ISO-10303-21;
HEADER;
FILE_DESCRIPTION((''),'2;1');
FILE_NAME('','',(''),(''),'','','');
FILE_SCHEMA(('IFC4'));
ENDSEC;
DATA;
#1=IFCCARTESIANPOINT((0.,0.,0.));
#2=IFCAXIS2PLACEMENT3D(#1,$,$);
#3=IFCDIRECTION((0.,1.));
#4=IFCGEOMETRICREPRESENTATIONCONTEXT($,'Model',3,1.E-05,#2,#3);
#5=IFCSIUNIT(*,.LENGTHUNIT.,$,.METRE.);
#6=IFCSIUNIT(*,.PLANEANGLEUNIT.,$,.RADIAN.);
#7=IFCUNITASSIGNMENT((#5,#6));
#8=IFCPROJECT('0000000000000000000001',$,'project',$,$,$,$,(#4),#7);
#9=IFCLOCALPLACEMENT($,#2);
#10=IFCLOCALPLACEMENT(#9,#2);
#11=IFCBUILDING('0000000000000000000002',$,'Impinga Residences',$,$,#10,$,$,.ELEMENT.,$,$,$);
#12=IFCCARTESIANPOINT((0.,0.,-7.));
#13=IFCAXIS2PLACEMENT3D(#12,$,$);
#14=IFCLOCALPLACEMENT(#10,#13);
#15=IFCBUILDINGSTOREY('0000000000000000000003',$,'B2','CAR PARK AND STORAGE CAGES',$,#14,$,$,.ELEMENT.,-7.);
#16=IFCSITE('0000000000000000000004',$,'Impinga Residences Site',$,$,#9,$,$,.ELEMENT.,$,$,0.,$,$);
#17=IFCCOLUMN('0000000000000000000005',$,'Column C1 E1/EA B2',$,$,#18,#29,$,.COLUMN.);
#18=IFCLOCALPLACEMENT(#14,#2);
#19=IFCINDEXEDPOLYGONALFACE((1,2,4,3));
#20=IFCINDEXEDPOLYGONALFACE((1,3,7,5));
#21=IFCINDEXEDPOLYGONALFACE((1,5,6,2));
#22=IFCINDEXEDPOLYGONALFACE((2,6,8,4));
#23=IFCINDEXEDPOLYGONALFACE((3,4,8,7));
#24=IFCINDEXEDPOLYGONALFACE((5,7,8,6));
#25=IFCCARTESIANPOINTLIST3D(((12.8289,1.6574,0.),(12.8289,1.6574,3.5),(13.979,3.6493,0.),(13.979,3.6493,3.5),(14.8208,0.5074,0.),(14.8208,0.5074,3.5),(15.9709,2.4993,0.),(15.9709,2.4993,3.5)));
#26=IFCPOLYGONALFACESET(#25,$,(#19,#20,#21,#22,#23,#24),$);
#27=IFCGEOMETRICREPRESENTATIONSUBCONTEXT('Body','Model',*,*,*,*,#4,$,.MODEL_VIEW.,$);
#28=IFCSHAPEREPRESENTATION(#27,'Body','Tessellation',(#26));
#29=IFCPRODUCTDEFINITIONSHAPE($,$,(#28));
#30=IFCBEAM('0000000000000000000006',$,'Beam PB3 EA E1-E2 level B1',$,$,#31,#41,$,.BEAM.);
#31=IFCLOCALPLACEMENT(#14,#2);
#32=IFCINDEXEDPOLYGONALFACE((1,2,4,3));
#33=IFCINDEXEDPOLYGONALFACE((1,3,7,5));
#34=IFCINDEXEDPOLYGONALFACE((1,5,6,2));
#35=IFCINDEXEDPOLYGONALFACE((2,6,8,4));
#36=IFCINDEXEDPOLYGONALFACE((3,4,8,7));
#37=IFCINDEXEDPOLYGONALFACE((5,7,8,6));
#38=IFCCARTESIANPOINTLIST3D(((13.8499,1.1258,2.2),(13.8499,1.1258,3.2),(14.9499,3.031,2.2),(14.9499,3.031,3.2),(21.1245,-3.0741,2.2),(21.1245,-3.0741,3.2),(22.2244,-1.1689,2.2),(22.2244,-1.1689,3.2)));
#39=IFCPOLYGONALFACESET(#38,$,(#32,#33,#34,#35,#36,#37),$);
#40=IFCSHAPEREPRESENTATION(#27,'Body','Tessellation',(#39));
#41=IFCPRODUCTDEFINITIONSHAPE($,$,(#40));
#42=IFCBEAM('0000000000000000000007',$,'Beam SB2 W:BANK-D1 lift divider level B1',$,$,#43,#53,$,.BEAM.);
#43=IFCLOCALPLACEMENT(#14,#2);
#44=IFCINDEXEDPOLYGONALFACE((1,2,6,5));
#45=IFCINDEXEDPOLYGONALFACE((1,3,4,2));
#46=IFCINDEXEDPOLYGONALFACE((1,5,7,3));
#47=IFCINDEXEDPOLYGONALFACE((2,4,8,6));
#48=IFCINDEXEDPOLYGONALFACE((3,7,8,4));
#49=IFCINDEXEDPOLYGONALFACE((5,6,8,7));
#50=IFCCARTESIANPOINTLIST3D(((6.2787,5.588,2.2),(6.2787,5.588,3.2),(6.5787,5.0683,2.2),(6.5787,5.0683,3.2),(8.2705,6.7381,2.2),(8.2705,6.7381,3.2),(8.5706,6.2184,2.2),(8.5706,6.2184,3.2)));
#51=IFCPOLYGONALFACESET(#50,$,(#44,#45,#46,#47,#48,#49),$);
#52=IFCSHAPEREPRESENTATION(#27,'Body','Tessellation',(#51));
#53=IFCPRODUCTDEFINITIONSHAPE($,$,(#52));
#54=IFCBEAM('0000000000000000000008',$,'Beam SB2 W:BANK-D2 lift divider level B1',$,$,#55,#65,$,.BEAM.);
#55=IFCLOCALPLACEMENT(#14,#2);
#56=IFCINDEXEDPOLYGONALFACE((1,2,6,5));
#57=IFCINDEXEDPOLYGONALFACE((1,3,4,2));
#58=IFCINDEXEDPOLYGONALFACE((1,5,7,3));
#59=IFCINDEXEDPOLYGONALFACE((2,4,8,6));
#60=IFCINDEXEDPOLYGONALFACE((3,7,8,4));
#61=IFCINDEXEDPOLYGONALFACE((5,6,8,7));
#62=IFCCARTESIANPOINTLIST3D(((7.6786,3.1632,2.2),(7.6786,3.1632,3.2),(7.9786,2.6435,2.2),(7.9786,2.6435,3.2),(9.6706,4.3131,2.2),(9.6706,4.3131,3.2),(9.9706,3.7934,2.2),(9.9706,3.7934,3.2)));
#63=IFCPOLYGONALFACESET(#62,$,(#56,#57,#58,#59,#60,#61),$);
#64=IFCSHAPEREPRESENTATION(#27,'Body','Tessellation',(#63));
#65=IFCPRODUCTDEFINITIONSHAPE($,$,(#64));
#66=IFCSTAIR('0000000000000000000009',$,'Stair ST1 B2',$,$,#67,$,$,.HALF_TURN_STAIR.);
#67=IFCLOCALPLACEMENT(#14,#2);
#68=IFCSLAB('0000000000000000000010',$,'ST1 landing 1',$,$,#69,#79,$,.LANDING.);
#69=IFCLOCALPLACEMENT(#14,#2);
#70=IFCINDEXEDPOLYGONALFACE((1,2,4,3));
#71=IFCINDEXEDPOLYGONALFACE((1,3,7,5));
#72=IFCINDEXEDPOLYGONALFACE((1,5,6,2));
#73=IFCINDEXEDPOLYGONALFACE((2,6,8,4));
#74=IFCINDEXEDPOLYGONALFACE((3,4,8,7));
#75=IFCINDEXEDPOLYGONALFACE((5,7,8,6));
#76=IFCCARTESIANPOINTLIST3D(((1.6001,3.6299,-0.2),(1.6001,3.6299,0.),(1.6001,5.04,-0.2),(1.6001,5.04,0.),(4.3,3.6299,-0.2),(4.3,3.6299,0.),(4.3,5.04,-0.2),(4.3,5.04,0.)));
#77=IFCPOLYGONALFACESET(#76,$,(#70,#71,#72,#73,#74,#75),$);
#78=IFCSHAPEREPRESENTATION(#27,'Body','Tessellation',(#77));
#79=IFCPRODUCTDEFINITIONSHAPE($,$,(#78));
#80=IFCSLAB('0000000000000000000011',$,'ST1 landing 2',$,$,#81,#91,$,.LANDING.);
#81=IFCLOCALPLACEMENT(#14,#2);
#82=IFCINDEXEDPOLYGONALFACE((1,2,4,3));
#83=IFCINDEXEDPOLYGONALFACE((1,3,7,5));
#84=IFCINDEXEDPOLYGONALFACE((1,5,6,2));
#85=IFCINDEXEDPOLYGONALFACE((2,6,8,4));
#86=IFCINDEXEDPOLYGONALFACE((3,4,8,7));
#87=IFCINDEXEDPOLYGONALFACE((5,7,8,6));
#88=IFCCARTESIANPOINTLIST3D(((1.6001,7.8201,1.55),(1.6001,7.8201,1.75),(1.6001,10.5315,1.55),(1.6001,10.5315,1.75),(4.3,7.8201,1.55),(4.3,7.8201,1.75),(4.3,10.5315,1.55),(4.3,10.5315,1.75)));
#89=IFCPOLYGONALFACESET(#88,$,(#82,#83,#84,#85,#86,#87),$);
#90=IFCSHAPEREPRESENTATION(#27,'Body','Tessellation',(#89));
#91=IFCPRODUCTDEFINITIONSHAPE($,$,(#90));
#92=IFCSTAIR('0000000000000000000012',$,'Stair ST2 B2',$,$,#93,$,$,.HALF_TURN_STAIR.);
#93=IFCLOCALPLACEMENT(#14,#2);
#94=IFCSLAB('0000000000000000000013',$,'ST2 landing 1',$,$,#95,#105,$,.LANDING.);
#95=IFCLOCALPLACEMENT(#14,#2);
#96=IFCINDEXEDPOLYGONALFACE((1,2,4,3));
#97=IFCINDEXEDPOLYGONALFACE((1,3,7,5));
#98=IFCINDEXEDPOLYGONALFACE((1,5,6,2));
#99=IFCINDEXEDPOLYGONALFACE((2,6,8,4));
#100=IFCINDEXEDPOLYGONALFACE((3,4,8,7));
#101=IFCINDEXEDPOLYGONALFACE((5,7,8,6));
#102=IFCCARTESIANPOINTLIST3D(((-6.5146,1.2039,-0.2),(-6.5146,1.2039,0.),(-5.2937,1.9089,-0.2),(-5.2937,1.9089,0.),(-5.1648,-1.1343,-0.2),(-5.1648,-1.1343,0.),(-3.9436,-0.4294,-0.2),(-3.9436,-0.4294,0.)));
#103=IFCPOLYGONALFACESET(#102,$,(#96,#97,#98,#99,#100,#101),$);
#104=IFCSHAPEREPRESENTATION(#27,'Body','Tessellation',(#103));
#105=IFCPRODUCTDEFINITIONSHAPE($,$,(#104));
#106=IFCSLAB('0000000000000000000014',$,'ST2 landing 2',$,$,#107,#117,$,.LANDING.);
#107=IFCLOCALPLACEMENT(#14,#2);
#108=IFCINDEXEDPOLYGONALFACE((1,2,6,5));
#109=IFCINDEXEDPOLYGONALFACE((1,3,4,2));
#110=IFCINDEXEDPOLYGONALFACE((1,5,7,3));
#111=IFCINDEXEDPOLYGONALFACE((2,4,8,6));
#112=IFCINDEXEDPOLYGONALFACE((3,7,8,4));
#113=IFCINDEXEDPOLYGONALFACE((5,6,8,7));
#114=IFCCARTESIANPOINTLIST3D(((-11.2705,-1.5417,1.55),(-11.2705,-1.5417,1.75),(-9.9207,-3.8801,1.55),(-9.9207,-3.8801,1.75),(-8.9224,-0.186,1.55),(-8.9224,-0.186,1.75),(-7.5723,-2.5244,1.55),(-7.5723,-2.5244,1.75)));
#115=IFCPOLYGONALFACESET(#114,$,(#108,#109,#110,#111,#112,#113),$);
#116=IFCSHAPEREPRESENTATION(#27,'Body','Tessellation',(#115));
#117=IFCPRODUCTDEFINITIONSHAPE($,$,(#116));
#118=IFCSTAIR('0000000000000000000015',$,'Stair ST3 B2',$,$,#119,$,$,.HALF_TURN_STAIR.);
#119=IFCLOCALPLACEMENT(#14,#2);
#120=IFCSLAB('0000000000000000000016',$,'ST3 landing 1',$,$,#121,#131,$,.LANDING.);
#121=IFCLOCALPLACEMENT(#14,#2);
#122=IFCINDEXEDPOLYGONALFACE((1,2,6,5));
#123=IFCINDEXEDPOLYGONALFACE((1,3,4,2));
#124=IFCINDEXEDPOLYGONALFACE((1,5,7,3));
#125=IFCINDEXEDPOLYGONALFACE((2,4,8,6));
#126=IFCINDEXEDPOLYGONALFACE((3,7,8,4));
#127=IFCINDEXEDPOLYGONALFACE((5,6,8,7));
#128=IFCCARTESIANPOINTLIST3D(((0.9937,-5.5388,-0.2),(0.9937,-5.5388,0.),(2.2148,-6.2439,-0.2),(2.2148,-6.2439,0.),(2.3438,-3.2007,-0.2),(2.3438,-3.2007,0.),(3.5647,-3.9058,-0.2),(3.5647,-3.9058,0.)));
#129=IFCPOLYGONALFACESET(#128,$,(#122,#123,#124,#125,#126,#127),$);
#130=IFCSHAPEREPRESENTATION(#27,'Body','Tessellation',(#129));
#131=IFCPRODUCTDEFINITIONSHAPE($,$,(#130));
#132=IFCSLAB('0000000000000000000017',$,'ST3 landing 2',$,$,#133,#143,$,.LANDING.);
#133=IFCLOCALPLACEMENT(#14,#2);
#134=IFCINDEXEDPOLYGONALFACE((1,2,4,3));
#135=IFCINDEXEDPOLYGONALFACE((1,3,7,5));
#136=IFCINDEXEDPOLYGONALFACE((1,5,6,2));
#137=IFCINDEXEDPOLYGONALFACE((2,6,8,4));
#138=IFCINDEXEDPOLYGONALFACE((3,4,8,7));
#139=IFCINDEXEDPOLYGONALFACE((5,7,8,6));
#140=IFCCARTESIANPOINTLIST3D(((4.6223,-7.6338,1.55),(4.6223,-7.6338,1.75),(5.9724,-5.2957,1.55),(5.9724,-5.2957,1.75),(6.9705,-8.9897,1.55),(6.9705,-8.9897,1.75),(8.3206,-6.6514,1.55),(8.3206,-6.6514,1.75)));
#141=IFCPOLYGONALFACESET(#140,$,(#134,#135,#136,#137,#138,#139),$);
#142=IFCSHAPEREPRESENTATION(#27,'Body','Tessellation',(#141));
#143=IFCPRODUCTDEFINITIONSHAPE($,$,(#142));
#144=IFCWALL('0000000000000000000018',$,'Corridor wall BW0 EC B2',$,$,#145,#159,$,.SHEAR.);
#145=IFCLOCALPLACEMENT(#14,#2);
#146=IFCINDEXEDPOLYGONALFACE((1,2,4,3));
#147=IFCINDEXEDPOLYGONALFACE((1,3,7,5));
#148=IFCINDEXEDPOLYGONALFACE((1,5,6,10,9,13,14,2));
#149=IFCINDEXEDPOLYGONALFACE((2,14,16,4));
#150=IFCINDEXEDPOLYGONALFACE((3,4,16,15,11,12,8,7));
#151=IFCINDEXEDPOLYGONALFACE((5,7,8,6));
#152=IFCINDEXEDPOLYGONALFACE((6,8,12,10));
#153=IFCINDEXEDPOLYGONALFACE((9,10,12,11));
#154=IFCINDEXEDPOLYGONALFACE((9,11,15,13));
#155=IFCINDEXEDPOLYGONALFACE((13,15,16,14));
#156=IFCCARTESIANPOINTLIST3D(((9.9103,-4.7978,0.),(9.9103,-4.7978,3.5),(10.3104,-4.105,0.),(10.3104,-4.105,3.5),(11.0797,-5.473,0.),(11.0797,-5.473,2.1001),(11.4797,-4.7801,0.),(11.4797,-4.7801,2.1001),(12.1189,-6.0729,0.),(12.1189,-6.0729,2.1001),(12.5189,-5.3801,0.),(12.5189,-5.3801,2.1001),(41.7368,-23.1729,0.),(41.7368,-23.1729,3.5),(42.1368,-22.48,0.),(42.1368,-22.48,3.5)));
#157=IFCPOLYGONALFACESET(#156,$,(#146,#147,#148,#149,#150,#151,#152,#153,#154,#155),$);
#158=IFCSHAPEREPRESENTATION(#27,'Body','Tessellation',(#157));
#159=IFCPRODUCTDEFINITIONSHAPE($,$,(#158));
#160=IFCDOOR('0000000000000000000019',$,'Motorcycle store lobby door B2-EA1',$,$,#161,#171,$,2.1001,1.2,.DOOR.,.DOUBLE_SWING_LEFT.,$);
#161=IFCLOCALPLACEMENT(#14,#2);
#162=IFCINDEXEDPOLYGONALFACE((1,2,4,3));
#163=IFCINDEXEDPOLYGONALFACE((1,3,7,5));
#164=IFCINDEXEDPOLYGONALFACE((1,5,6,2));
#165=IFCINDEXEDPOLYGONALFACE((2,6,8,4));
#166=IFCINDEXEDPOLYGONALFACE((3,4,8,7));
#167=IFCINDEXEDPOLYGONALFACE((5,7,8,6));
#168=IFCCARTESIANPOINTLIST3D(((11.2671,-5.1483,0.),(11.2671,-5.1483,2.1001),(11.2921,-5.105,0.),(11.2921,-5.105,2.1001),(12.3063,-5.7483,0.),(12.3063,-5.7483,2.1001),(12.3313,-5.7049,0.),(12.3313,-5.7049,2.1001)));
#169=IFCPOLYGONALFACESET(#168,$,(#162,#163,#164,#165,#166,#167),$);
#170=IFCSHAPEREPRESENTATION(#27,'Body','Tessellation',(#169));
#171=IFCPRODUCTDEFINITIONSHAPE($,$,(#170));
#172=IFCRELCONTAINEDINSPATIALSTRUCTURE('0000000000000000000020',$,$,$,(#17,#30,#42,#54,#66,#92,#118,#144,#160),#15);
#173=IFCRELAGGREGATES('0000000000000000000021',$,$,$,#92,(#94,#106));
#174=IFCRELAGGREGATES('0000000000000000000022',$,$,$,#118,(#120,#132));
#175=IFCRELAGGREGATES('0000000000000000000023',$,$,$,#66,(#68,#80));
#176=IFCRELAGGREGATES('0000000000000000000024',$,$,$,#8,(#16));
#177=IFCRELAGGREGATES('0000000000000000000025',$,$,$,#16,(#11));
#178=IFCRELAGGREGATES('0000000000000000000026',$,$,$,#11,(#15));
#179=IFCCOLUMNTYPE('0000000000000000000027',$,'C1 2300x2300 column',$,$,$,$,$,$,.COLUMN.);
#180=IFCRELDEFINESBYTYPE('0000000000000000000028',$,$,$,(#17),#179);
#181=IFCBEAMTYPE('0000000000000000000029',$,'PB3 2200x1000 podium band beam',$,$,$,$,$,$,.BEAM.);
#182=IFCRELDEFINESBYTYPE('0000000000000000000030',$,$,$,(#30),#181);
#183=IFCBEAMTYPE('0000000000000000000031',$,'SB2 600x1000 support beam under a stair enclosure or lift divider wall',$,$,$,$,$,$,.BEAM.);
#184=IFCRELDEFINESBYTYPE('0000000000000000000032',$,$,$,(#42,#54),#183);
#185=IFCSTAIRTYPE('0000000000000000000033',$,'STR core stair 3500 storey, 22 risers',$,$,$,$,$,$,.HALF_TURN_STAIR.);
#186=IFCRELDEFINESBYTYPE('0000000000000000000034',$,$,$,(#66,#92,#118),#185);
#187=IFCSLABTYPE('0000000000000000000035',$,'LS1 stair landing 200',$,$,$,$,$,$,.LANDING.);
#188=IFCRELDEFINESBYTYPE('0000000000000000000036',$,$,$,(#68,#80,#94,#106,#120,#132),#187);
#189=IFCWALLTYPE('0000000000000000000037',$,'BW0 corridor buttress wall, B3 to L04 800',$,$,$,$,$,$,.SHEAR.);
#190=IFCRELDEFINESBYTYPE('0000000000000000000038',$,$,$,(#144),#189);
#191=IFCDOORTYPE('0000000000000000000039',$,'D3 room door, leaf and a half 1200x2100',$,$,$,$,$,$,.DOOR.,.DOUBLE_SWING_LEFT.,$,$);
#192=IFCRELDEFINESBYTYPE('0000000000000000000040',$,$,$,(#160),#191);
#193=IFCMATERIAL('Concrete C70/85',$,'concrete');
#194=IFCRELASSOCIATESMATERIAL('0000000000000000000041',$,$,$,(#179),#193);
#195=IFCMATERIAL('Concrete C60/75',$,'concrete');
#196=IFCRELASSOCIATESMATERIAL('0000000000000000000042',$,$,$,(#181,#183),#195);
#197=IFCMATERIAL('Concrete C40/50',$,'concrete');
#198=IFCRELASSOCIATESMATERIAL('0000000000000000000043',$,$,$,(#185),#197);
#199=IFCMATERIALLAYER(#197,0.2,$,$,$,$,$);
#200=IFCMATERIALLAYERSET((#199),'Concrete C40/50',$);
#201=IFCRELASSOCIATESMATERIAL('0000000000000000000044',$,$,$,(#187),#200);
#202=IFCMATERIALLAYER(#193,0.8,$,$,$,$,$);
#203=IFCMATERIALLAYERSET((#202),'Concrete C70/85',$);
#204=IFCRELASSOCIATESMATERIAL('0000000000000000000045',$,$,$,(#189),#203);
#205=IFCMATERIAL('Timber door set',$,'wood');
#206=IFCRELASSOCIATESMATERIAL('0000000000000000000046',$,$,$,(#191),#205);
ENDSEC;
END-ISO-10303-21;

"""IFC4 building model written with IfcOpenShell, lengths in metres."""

from ifc_helpers import new_model, si_unit, direction, frame, frame_2d, origin, origin_2d, place, context, subcontext, project, spatial, polyline, rectangle, outline, extrude, material, layer, layer_set, material_profile, profile_set, type_object, element, fill, aggregate, save


model = new_model("IFC4")

# Units and contexts
model_context = context("Model", 3, precision=1e-05, world=origin(), true_north=direction((0.0, 1.0)))
body_context = subcontext(model_context, "Body", "Model", "MODEL_VIEW")
ifc_project = project(units=[si_unit("LENGTHUNIT", "METRE"), si_unit("PLANEANGLEUNIT", "RADIAN")], contexts=[model_context])

# Site, building, storey
site_placement = place(None, origin())
site = spatial("IfcSite", under=ifc_project, at=site_placement, Name="Impinga Residences Site", CompositionType="ELEMENT", RefElevation=0.0)
building_placement = place(site_placement, origin())
building = spatial("IfcBuilding", under=site, at=building_placement, Name="Impinga Residences", CompositionType="ELEMENT")
storey_placement = place(building_placement, frame((0.0, 0.0, -7.0)))
storey = spatial("IfcBuildingStorey", under=building, at=storey_placement, Name="B2", Description="CAR PARK AND STORAGE CAGES", CompositionType="ELEMENT", Elevation=-7.0)

# Column
ifc_material_1 = material(Name="Concrete C70/85", Category="concrete")
ifc_material_profile_1 = material_profile(ifc_material_1, rectangle(XDim=2.3, YDim=2.3, at=origin_2d()), Name="RC 2300x2300")
ifc_profile_set_1 = profile_set([ifc_material_profile_1], Name="Concrete C70/85")
column_type = type_object("IfcColumnType", Name="C1 2300x2300 column", PredefinedType="COLUMN", material=ifc_profile_set_1)
column_placement = place(storey_placement, frame((14.3999, 2.0784, 0.0), z_axis=(0.0, 0.0, 1.0), x_axis=(-0.5, -0.866025, 0.0)))
element("IfcColumn", 1, at=column_placement, inside=storey, type_object=column_type, Name="Column C1 E1/EA B2", PredefinedType="COLUMN", context=body_context, shape_type="SweptSolid", body=[
    extrude(rectangle(XDim=2.3, YDim=2.3, at=origin_2d()), origin(), (0.0, 0.0, 1.0), 3.5),
])

# Beams
ifc_material_2 = material(Name="Concrete C60/75", Category="concrete")
ifc_material_profile_2 = material_profile(ifc_material_2, rectangle(XDim=2.2, YDim=1.0, at=origin_2d()), Name="RC 2200x1000")
ifc_profile_set_2 = profile_set([ifc_material_profile_2], Name="Concrete C60/75")
beam_type_1 = type_object("IfcBeamType", Name="PB3 2200x1000 podium band beam", PredefinedType="BEAM", material=ifc_profile_set_2)
beam_placement = place(storey_placement, frame((14.3999, 2.0784, 2.7), z_axis=(0.866029, -0.499993, 0.0), x_axis=(0.499993, 0.866029, 0.0)))
element("IfcBeam", 2, at=beam_placement, inside=storey, type_object=beam_type_1, Name="Beam PB3 EA E1-E2 level B1", PredefinedType="BEAM", context=body_context, shape_type="SweptSolid", body=[
    extrude(rectangle(XDim=2.2, YDim=1.0, at=origin_2d()), origin(), (0.0, 0.0, 1.0), 8.3999),
])
ifc_material_profile_3 = material_profile(ifc_material_2, rectangle(XDim=0.6001, YDim=1.0, at=origin_2d()), Name="RC 600x1000")
ifc_profile_set_3 = profile_set([ifc_material_profile_3], Name="Concrete C60/75")
beam_type_2 = type_object("IfcBeamType", Name="SB2 600x1000 support beam under a stair enclosure or lift divider wall", PredefinedType="BEAM", material=ifc_profile_set_3)
for number, where, z_axis, x_axis, name in (
    (3, (6.4287, 5.3281, 2.7), (0.866007, 0.500032, 0.0), (-0.500032, 0.866007, 0.0), "Beam SB2 W:BANK-D1 lift divider level B1"),
    (4, (7.8286, 2.9033, 2.7), (0.866053, 0.499952, 0.0), (-0.499952, 0.866053, 0.0), "Beam SB2 W:BANK-D2 lift divider level B1"),
):
    element("IfcBeam", number, at=place(storey_placement, frame(where, z_axis=z_axis, x_axis=x_axis)), inside=storey, type_object=beam_type_2, Name=name, PredefinedType="BEAM", context=body_context, shape_type="SweptSolid", body=[
        extrude(rectangle(XDim=0.6001, YDim=1.0, at=origin_2d()), origin(), (0.0, 0.0, 1.0), 2.3),
    ])

# Stairs, slabs
ifc_material_3 = material(Name="Concrete C40/50", Category="concrete")
stair_type = type_object("IfcStairType", Name="STR core stair 3500 storey, 22 risers", PredefinedType="HALF_TURN_STAIR", material=ifc_material_3)
stair_1_placement = place(storey_placement, origin())
stair_1 = element("IfcStair", 5, at=stair_1_placement, inside=storey, type_object=stair_type, Name="Stair ST1 B2", PredefinedType="HALF_TURN_STAIR")
ifc_layer_1 = layer(ifc_material_3, 0.2)
ifc_layer_set_1 = layer_set([ifc_layer_1], Name="Concrete C40/50")
slab_type = type_object("IfcSlabType", Name="LS1 stair landing 200", PredefinedType="LANDING", material=ifc_layer_set_1)
slab_1_placement = place(storey_placement, frame((0.0, 0.0, -0.2)))
slab_1 = element("IfcSlab", 6, at=slab_1_placement, type_object=slab_type, Name="ST1 landing 1", PredefinedType="LANDING", context=body_context, shape_type="SweptSolid", body=[
    extrude(outline(polyline([(1.6001, 3.6299), (4.3, 3.6299), (4.3, 5.04), (1.6001, 5.04), (1.6001, 3.6299)])), origin(), (0.0, 0.0, 1.0), 0.2),
])
slab_2_placement = place(storey_placement, frame((0.0, 0.0, 1.55)))
slab_2 = element("IfcSlab", 7, at=slab_2_placement, type_object=slab_type, Name="ST1 landing 2", PredefinedType="LANDING", context=body_context, shape_type="SweptSolid", body=[
    extrude(outline(polyline([(1.6001, 7.8201), (4.3, 7.8201), (4.3, 10.5315), (1.6001, 10.5315), (1.6001, 7.8201)])), origin(), (0.0, 0.0, 1.0), 0.2),
])
stair_2_placement = place(storey_placement, origin())
stair_2 = element("IfcStair", 8, at=stair_2_placement, inside=storey, type_object=stair_type, Name="Stair ST2 B2", PredefinedType="HALF_TURN_STAIR")
slab_3_placement = place(storey_placement, frame((0.0, 0.0, -0.2)))
slab_3 = element("IfcSlab", 9, at=slab_3_placement, type_object=slab_type, Name="ST2 landing 1", PredefinedType="LANDING", context=body_context, shape_type="SweptSolid", body=[
    extrude(outline(polyline([(-3.9436, -0.4294), (-5.2937, 1.9089), (-6.5146, 1.2039), (-5.1648, -1.1343), (-3.9436, -0.4294)])), origin(), (0.0, 0.0, 1.0), 0.2),
])
slab_4_placement = place(storey_placement, frame((0.0, 0.0, 1.55)))
slab_4 = element("IfcSlab", 10, at=slab_4_placement, type_object=slab_type, Name="ST2 landing 2", PredefinedType="LANDING", context=body_context, shape_type="SweptSolid", body=[
    extrude(outline(polyline([(-7.5723, -2.5244), (-8.9224, -0.186), (-11.2705, -1.5417), (-9.9207, -3.8801), (-7.5723, -2.5244)])), origin(), (0.0, 0.0, 1.0), 0.2),
])
aggregate(stair_2, [slab_3, slab_4])
stair_3_placement = place(storey_placement, origin())
stair_3 = element("IfcStair", 11, at=stair_3_placement, inside=storey, type_object=stair_type, Name="Stair ST3 B2", PredefinedType="HALF_TURN_STAIR")
slab_5_placement = place(storey_placement, frame((0.0, 0.0, -0.2)))
slab_5 = element("IfcSlab", 12, at=slab_5_placement, type_object=slab_type, Name="ST3 landing 1", PredefinedType="LANDING", context=body_context, shape_type="SweptSolid", body=[
    extrude(outline(polyline([(2.3438, -3.2007), (0.9937, -5.5388), (2.2148, -6.2439), (3.5647, -3.9058), (2.3438, -3.2007)])), origin(), (0.0, 0.0, 1.0), 0.2),
])
slab_6_placement = place(storey_placement, frame((0.0, 0.0, 1.55)))
slab_6 = element("IfcSlab", 13, at=slab_6_placement, type_object=slab_type, Name="ST3 landing 2", PredefinedType="LANDING", context=body_context, shape_type="SweptSolid", body=[
    extrude(outline(polyline([(5.9724, -5.2957), (4.6223, -7.6338), (6.9705, -8.9897), (8.3206, -6.6514), (5.9724, -5.2957)])), origin(), (0.0, 0.0, 1.0), 0.2),
])
aggregate(stair_3, [slab_5, slab_6])

# Wall, opening, door
ifc_layer_2 = layer(ifc_material_1, 0.8)
ifc_layer_set_2 = layer_set([ifc_layer_2], Name="Concrete C70/85")
wall_type_1 = type_object("IfcWallType", Name="BW0 corridor buttress wall, B3 to L04 800", PredefinedType="SHEAR", material=ifc_layer_set_2)
wall_1_placement = place(storey_placement, frame((10.1104, -4.4514, 0.0), z_axis=(0.0, 0.0, 1.0), x_axis=(0.866025, -0.5, 0.0)))
wall_1 = element("IfcWall", 14, at=wall_1_placement, inside=storey, type_object=wall_type_1, Name="Corridor wall BW0 EC B2", PredefinedType="SHEAR", context=body_context, shape_type="SweptSolid", body=[
    extrude(rectangle(XDim=36.75, YDim=0.8, at=frame_2d((18.375, 0.0))), origin(), (0.0, 0.0, 1.0), 3.5),
])
opening_1_placement = place(wall_1_placement, frame((1.3501, 0.0, 0.0)))
opening_1 = element("IfcOpeningElement", 15, at=opening_1_placement, cuts=wall_1, PredefinedType="OPENING", context=body_context, shape_type="SweptSolid", body=[
    extrude(rectangle(XDim=1.2, YDim=2.1001, at=frame_2d((0.6001, 1.05))), frame((0.0, 0.4099, 0.0), z_axis=(0.0, -1.0, 0.0), x_axis=(1.0, 0.0, 0.0)), (0.0, 0.0, 1.0), 0.8201),
])
ifc_material_4 = material(Name="Timber door set", Category="wood")
door_type_1 = type_object("IfcDoorType", Name="D3 room door, leaf and a half 1200x2100", OperationType="DOUBLE_SWING_LEFT", PredefinedType="DOOR", material=ifc_material_4)
door_1_placement = place(opening_1_placement, origin())
door_1 = element("IfcDoor", 16, at=door_1_placement, inside=storey, type_object=door_type_1, Name="Motorcycle store lobby door B2-EA1", OperationType="DOUBLE_SWING_LEFT", OverallHeight=2.1001, OverallWidth=1.2, PredefinedType="DOOR", context=body_context, shape_type="SweptSolid", body=[
    extrude(rectangle(XDim=1.2, YDim=2.1001, at=frame_2d((0.6001, 1.05))), frame((0.0, 0.0249, 0.0), z_axis=(0.0, -1.0, 0.0), x_axis=(1.0, 0.0, 0.0)), (0.0, 0.0, 1.0), 0.05),
])
fill(opening_1, door_1)

aggregate(stair_1, [slab_1, slab_2])

save(model, "model.ifc")
